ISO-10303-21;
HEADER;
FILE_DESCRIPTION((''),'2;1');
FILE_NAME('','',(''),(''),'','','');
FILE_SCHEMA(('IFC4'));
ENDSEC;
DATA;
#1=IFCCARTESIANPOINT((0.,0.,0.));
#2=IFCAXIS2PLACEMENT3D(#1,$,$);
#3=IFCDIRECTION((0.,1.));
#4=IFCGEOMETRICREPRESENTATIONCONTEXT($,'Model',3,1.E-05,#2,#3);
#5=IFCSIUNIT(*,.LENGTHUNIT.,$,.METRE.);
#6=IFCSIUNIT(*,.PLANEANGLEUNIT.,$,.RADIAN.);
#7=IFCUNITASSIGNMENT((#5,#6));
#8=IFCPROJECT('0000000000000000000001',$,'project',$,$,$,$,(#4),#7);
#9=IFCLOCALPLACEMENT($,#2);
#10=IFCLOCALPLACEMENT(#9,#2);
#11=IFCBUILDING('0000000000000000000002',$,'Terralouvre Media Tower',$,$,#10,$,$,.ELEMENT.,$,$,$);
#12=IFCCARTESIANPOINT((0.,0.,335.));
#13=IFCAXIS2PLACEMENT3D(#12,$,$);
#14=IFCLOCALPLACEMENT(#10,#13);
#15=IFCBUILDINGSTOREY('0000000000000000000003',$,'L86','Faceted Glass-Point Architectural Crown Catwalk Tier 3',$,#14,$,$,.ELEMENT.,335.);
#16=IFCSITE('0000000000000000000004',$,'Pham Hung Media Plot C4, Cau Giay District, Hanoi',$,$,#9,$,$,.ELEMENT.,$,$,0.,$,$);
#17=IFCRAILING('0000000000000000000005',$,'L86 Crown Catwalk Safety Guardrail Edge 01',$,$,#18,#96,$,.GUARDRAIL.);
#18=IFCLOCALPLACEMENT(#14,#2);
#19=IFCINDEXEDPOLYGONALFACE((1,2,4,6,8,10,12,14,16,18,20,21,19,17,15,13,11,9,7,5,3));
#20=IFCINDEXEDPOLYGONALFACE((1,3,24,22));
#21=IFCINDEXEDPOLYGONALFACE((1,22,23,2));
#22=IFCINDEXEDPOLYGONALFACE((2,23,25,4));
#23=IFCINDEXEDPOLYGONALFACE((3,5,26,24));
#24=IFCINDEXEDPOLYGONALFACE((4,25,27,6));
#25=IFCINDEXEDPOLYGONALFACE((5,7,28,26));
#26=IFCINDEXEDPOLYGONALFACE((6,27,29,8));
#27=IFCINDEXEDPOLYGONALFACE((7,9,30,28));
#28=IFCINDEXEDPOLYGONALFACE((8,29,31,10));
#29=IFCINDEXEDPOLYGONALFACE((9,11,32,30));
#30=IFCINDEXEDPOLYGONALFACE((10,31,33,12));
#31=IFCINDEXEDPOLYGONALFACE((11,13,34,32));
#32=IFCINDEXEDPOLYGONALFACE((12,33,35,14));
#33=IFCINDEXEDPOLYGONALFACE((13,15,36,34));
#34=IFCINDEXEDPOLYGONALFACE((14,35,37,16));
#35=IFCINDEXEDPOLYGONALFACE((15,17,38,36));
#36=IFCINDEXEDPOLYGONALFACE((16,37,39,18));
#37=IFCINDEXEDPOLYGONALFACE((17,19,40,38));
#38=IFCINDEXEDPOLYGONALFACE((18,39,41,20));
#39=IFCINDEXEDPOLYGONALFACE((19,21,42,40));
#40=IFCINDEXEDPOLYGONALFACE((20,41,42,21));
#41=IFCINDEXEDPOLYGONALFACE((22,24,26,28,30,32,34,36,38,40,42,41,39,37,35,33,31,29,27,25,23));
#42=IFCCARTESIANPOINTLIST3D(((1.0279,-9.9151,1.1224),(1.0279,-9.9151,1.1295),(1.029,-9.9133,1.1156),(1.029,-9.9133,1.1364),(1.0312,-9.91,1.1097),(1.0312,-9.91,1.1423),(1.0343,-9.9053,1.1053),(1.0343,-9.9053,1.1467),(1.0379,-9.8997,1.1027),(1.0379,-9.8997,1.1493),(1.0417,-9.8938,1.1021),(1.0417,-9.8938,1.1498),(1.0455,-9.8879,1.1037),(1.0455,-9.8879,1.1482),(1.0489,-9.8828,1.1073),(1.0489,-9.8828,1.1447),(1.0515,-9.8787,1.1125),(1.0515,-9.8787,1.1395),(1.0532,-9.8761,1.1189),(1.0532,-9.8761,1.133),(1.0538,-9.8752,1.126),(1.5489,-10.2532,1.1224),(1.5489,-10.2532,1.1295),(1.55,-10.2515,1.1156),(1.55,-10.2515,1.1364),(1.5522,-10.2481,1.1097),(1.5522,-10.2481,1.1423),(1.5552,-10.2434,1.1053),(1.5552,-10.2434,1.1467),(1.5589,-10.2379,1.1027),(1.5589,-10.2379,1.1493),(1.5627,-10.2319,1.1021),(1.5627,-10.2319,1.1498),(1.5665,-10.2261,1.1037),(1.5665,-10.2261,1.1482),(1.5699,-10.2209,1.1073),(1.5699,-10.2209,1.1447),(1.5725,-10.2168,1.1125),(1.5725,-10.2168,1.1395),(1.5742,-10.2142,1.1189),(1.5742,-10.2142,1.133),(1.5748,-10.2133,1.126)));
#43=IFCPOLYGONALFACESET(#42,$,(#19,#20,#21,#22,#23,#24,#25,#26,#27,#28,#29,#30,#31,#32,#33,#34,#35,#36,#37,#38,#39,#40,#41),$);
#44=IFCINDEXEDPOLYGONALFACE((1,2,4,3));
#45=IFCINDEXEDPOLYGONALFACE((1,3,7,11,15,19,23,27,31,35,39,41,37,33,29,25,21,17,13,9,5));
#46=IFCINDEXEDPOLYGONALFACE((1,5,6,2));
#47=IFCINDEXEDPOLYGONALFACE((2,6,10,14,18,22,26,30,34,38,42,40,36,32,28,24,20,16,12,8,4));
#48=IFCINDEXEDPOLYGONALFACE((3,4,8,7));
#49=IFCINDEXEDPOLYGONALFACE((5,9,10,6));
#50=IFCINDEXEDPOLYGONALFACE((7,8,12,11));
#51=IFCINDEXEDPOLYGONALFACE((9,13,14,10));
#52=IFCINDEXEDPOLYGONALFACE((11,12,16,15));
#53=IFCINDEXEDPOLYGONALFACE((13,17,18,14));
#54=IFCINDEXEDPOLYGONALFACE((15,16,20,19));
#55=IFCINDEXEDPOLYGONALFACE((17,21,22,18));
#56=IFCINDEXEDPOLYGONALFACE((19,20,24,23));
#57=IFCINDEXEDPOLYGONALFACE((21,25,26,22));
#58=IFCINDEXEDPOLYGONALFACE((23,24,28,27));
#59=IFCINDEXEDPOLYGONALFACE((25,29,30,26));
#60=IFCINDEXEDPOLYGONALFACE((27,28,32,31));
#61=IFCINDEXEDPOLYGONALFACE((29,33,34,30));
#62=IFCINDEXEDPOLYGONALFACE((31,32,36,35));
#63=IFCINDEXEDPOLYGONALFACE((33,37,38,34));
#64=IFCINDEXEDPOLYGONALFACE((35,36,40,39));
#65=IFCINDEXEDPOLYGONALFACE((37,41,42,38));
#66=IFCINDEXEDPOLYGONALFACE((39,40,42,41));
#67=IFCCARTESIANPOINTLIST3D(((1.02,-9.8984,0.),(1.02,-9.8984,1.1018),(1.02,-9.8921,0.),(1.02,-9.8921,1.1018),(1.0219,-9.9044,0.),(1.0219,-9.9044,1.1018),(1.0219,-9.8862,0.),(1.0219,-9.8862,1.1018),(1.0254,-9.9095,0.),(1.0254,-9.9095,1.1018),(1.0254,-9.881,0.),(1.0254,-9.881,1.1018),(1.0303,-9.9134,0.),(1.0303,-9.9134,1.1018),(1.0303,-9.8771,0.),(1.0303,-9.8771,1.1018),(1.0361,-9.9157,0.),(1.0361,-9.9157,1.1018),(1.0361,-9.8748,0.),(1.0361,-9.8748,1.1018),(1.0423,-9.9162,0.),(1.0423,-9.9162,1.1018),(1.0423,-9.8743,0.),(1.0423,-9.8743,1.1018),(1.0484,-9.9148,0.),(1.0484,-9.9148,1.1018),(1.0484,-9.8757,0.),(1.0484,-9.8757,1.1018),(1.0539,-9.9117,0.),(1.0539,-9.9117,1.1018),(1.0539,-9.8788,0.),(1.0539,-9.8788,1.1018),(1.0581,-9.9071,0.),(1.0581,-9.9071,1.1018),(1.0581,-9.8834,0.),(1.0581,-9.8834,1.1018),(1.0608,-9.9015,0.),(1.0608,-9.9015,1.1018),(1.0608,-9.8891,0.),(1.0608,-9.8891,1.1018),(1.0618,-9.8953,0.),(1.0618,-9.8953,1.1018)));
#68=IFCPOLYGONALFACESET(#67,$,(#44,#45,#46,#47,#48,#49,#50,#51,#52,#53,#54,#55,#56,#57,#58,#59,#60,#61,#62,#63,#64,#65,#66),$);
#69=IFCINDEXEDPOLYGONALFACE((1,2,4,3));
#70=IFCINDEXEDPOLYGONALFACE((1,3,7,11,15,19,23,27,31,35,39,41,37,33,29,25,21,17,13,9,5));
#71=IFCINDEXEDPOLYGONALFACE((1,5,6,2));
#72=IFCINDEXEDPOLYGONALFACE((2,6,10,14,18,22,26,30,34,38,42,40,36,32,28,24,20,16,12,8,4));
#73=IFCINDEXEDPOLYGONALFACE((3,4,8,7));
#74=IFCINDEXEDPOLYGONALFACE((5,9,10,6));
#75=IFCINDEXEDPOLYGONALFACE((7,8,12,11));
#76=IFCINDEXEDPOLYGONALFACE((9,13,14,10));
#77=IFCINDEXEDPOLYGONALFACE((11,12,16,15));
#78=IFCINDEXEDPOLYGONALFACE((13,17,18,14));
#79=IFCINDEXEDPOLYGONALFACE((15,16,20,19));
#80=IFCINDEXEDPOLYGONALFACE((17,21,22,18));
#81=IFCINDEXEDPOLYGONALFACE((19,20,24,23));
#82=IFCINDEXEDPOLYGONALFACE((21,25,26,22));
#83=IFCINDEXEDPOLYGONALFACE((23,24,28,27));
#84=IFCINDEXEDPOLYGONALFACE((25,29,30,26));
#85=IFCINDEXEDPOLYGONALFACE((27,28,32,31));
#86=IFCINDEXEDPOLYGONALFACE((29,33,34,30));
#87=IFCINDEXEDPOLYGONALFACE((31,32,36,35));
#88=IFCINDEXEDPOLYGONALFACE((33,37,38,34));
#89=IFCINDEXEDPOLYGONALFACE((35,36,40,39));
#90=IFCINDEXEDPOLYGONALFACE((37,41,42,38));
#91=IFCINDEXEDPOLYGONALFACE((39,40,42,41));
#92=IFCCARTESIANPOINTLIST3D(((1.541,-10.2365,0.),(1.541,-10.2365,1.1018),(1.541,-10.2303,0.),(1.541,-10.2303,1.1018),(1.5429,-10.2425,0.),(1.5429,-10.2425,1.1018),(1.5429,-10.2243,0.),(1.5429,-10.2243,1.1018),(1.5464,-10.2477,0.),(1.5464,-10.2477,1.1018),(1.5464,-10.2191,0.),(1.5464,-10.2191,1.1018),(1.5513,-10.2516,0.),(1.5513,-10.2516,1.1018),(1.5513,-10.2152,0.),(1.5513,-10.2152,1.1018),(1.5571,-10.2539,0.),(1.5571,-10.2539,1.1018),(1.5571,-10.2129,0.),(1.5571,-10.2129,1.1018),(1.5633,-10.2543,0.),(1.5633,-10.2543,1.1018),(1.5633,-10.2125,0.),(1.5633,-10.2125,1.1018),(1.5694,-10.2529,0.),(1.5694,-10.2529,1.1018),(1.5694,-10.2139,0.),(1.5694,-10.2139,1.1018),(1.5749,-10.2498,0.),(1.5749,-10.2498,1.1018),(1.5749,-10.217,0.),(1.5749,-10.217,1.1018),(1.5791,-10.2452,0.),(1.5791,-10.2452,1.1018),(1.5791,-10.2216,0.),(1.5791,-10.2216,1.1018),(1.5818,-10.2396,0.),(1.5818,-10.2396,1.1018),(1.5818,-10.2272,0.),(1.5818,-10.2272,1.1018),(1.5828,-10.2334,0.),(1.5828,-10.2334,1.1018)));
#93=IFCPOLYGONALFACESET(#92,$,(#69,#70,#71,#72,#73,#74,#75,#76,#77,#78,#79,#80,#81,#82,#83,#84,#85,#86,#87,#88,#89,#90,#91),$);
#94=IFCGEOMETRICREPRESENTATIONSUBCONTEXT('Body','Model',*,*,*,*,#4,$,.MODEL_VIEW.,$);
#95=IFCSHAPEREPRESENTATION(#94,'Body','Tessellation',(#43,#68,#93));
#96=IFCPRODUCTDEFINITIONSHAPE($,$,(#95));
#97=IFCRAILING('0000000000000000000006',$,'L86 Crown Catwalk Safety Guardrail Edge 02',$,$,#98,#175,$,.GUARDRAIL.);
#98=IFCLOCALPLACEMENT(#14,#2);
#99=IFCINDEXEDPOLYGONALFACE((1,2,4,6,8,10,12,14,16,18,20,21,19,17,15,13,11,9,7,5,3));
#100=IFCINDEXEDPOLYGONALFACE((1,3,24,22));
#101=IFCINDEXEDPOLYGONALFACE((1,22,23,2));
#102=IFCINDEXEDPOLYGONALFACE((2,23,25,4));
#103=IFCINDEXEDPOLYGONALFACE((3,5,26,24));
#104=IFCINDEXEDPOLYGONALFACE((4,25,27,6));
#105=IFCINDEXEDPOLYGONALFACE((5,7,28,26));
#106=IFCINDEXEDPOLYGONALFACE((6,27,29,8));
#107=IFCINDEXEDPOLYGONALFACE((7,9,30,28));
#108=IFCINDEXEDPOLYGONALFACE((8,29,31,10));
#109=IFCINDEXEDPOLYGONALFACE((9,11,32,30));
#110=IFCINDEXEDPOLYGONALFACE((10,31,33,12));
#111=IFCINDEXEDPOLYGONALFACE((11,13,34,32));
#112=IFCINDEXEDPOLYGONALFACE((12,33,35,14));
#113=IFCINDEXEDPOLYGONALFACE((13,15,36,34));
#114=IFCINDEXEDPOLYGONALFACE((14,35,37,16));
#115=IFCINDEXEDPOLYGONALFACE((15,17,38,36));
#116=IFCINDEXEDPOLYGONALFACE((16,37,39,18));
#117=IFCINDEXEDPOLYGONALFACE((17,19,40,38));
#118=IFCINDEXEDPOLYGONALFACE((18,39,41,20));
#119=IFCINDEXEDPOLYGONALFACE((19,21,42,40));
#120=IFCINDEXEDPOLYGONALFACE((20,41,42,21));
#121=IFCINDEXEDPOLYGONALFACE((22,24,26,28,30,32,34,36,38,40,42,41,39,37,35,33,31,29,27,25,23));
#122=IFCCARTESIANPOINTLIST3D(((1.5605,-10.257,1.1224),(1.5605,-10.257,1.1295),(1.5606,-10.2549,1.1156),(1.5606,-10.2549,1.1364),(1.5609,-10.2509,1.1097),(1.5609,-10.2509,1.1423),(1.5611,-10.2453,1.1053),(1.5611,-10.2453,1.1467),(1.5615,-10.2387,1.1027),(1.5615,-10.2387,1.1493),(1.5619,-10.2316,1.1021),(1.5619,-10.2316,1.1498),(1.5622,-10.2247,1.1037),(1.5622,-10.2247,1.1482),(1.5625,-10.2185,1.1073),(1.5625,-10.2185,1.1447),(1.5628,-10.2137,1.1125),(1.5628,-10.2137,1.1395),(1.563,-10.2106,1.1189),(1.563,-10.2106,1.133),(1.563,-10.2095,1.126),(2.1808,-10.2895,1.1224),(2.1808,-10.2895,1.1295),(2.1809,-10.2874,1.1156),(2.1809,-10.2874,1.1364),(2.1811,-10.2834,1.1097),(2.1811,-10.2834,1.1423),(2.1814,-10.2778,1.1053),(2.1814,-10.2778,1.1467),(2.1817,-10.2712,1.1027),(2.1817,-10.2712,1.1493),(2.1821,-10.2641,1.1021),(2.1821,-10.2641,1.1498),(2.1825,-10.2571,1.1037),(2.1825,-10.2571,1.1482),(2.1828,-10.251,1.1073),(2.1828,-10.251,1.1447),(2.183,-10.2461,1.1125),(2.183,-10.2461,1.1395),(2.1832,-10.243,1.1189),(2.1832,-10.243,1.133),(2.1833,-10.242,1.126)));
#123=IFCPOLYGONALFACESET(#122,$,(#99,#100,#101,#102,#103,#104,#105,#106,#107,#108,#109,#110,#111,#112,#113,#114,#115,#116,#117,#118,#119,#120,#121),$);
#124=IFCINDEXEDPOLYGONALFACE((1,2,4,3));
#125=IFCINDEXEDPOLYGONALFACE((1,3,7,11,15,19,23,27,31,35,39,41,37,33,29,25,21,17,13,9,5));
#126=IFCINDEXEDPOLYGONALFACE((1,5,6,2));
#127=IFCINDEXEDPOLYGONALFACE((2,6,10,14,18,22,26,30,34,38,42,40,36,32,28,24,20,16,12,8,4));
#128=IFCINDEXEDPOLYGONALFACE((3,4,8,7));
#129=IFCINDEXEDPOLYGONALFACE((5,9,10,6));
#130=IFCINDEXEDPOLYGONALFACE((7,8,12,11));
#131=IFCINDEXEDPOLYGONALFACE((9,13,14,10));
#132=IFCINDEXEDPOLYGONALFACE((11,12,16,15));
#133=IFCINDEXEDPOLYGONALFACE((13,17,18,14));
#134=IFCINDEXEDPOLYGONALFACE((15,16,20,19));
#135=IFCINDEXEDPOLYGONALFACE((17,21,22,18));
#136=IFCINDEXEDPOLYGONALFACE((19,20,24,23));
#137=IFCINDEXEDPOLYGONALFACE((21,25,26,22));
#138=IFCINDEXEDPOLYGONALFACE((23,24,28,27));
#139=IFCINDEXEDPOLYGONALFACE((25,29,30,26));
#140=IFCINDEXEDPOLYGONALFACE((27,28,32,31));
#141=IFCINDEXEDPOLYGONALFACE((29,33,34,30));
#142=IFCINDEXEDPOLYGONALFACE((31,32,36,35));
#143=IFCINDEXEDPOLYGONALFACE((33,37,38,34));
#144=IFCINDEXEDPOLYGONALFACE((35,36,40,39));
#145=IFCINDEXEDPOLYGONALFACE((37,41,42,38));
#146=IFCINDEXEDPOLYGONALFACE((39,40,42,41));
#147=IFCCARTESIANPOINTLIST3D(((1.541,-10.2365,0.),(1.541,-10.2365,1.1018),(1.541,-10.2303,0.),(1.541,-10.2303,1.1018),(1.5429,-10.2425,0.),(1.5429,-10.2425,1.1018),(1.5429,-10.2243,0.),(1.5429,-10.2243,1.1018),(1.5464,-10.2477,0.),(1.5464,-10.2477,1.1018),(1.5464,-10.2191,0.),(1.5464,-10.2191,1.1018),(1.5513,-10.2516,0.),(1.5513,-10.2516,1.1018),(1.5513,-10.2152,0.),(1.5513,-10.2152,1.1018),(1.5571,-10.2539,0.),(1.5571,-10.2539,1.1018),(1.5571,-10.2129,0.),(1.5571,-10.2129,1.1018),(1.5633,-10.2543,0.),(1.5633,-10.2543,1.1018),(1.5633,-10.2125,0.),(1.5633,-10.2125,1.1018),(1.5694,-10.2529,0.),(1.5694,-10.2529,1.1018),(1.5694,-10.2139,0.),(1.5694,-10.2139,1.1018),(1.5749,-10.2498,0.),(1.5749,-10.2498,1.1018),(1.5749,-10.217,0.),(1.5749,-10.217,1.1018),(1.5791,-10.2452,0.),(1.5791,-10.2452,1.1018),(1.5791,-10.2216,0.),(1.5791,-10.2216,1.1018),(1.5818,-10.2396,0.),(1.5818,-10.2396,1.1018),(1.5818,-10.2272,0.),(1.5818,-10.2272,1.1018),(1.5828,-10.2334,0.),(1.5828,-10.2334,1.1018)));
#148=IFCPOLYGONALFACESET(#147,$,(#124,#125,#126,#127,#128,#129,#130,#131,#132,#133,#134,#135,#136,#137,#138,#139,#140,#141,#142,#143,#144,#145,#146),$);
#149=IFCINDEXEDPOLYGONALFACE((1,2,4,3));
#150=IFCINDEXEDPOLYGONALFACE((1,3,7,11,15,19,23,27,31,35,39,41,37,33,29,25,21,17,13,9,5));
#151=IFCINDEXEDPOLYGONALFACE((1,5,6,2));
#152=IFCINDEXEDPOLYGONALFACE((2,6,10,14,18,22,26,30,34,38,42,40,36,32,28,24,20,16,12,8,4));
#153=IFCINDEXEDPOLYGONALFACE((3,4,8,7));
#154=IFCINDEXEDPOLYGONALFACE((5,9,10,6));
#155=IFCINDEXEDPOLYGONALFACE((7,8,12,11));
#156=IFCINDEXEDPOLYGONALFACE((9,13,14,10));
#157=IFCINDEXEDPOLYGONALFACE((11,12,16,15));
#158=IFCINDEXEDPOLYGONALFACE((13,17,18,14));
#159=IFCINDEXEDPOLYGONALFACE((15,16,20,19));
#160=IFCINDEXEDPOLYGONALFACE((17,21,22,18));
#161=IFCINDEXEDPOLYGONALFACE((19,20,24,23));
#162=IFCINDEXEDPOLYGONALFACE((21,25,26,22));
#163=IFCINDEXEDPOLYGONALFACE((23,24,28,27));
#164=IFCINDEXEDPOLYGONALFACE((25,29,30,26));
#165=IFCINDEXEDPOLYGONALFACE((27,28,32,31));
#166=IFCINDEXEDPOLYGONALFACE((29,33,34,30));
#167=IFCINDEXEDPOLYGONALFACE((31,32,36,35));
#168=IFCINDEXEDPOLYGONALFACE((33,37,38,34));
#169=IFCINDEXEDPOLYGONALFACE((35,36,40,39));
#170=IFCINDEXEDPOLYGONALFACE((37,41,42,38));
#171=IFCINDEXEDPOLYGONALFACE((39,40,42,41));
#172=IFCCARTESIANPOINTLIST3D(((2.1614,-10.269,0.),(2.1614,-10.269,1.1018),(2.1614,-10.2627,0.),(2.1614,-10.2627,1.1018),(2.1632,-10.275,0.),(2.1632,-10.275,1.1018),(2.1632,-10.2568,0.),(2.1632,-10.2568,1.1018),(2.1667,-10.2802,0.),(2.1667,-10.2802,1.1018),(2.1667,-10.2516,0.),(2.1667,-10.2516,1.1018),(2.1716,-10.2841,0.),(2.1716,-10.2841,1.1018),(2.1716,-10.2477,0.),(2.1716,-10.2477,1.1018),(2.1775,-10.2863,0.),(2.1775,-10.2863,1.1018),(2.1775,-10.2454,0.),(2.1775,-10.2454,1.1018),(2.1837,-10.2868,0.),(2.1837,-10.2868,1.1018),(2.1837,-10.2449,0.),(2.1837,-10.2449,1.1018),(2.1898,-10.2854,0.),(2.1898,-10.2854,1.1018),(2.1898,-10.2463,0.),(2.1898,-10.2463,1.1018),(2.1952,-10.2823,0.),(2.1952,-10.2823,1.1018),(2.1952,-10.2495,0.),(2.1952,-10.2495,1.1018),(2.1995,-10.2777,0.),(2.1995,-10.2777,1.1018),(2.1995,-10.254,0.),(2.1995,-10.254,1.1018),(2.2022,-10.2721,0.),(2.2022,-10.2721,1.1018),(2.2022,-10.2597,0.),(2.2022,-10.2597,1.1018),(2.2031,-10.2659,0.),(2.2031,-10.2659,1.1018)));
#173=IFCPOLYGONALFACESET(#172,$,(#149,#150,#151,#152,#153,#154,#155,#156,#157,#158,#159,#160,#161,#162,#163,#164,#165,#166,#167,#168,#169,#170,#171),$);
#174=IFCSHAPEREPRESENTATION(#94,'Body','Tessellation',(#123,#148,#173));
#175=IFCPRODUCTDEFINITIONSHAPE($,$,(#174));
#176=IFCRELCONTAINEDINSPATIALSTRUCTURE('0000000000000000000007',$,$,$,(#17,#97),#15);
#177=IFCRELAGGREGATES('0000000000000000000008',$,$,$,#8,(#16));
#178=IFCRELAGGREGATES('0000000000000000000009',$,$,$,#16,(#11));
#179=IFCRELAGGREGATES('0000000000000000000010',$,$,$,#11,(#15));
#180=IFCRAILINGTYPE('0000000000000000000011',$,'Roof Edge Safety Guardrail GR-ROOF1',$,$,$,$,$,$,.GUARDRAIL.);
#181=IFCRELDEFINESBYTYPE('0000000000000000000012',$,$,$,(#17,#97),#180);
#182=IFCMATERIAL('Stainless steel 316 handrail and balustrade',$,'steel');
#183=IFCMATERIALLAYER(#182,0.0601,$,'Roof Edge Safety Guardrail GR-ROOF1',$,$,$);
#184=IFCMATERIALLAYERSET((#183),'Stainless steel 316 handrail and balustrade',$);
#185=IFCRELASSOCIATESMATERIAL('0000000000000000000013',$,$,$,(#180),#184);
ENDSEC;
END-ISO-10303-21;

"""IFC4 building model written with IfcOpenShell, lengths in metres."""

from ifc_helpers import new_model, si_unit, direction, frame, origin, origin_2d, place, context, subcontext, project, spatial, circle, extrude, material, layer, layer_set, type_object, element, save


model = new_model("IFC4")

# Units and contexts
model_context = context("Model", 3, precision=1e-05, world=origin(), true_north=direction((0.0, 1.0)))
body_context = subcontext(model_context, "Body", "Model", "MODEL_VIEW")
ifc_project = project(units=[si_unit("LENGTHUNIT", "METRE"), si_unit("PLANEANGLEUNIT", "RADIAN")], contexts=[model_context])

# Site, building, storey
site_placement = place(None, origin())
site = spatial("IfcSite", under=ifc_project, at=site_placement, Name="Pham Hung Media Plot C4, Cau Giay District, Hanoi", CompositionType="ELEMENT", RefElevation=0.0)
building_placement = place(site_placement, origin())
building = spatial("IfcBuilding", under=site, at=building_placement, Name="Terralouvre Media Tower", CompositionType="ELEMENT")
storey_placement = place(building_placement, frame((0.0, 0.0, 335.0)))
storey = spatial("IfcBuildingStorey", under=building, at=storey_placement, Name="L86", Description="Faceted Glass-Point Architectural Crown Catwalk Tier 3", CompositionType="ELEMENT", Elevation=335.0)

# Railings
ifc_material_1 = material(Name="Stainless steel 316 handrail and balustrade", Category="steel")
ifc_layer_1 = layer(ifc_material_1, 0.0601, Name="Roof Edge Safety Guardrail GR-ROOF1")
ifc_layer_set_1 = layer_set([ifc_layer_1], Name="Stainless steel 316 handrail and balustrade")
railing_type = type_object("IfcRailingType", Name="Roof Edge Safety Guardrail GR-ROOF1", PredefinedType="GUARDRAIL", material=ifc_layer_set_1)
railing_1_placement = place(storey_placement, frame((1.0408, -9.8953, 0.0)))
element("IfcRailing", 1, at=railing_1_placement, inside=storey, type_object=railing_type, Name="L86 Crown Catwalk Safety Guardrail Edge 01", PredefinedType="GUARDRAIL", context=body_context, shape_type="SweptSolid", body=[
    extrude(circle(Radius=0.0239, at=origin_2d()), frame((0.0, 0.0, 1.126), z_axis=(0.838821, -0.544408, 0.0), x_axis=(0.544408, 0.838821, 0.0)), (0.0, 0.0, 1.0), 0.6211),
    extrude(circle(Radius=0.021, at=origin_2d()), origin(), (0.0, 0.0, 1.0), 1.1018),
    extrude(circle(Radius=0.021, at=origin_2d()), frame((0.521, -0.3381, 0.0)), (0.0, 0.0, 1.0), 1.1018),
])
railing_2_placement = place(storey_placement, frame((1.5618, -10.2334, 0.0)))
element("IfcRailing", 2, at=railing_2_placement, inside=storey, type_object=railing_type, Name="L86 Crown Catwalk Safety Guardrail Edge 02", PredefinedType="GUARDRAIL", context=body_context, shape_type="SweptSolid", body=[
    extrude(circle(Radius=0.0239, at=origin_2d()), frame((0.0, 0.0, 1.126), z_axis=(0.998633, -0.05227, 0.0), x_axis=(0.05227, 0.998633, 0.0)), (0.0, 0.0, 1.0), 0.6211),
    extrude(circle(Radius=0.021, at=origin_2d()), origin(), (0.0, 0.0, 1.0), 1.1018),
    extrude(circle(Radius=0.021, at=origin_2d()), frame((0.6204, -0.0325, 0.0)), (0.0, 0.0, 1.0), 1.1018),
])

save(model, "model.ifc")
